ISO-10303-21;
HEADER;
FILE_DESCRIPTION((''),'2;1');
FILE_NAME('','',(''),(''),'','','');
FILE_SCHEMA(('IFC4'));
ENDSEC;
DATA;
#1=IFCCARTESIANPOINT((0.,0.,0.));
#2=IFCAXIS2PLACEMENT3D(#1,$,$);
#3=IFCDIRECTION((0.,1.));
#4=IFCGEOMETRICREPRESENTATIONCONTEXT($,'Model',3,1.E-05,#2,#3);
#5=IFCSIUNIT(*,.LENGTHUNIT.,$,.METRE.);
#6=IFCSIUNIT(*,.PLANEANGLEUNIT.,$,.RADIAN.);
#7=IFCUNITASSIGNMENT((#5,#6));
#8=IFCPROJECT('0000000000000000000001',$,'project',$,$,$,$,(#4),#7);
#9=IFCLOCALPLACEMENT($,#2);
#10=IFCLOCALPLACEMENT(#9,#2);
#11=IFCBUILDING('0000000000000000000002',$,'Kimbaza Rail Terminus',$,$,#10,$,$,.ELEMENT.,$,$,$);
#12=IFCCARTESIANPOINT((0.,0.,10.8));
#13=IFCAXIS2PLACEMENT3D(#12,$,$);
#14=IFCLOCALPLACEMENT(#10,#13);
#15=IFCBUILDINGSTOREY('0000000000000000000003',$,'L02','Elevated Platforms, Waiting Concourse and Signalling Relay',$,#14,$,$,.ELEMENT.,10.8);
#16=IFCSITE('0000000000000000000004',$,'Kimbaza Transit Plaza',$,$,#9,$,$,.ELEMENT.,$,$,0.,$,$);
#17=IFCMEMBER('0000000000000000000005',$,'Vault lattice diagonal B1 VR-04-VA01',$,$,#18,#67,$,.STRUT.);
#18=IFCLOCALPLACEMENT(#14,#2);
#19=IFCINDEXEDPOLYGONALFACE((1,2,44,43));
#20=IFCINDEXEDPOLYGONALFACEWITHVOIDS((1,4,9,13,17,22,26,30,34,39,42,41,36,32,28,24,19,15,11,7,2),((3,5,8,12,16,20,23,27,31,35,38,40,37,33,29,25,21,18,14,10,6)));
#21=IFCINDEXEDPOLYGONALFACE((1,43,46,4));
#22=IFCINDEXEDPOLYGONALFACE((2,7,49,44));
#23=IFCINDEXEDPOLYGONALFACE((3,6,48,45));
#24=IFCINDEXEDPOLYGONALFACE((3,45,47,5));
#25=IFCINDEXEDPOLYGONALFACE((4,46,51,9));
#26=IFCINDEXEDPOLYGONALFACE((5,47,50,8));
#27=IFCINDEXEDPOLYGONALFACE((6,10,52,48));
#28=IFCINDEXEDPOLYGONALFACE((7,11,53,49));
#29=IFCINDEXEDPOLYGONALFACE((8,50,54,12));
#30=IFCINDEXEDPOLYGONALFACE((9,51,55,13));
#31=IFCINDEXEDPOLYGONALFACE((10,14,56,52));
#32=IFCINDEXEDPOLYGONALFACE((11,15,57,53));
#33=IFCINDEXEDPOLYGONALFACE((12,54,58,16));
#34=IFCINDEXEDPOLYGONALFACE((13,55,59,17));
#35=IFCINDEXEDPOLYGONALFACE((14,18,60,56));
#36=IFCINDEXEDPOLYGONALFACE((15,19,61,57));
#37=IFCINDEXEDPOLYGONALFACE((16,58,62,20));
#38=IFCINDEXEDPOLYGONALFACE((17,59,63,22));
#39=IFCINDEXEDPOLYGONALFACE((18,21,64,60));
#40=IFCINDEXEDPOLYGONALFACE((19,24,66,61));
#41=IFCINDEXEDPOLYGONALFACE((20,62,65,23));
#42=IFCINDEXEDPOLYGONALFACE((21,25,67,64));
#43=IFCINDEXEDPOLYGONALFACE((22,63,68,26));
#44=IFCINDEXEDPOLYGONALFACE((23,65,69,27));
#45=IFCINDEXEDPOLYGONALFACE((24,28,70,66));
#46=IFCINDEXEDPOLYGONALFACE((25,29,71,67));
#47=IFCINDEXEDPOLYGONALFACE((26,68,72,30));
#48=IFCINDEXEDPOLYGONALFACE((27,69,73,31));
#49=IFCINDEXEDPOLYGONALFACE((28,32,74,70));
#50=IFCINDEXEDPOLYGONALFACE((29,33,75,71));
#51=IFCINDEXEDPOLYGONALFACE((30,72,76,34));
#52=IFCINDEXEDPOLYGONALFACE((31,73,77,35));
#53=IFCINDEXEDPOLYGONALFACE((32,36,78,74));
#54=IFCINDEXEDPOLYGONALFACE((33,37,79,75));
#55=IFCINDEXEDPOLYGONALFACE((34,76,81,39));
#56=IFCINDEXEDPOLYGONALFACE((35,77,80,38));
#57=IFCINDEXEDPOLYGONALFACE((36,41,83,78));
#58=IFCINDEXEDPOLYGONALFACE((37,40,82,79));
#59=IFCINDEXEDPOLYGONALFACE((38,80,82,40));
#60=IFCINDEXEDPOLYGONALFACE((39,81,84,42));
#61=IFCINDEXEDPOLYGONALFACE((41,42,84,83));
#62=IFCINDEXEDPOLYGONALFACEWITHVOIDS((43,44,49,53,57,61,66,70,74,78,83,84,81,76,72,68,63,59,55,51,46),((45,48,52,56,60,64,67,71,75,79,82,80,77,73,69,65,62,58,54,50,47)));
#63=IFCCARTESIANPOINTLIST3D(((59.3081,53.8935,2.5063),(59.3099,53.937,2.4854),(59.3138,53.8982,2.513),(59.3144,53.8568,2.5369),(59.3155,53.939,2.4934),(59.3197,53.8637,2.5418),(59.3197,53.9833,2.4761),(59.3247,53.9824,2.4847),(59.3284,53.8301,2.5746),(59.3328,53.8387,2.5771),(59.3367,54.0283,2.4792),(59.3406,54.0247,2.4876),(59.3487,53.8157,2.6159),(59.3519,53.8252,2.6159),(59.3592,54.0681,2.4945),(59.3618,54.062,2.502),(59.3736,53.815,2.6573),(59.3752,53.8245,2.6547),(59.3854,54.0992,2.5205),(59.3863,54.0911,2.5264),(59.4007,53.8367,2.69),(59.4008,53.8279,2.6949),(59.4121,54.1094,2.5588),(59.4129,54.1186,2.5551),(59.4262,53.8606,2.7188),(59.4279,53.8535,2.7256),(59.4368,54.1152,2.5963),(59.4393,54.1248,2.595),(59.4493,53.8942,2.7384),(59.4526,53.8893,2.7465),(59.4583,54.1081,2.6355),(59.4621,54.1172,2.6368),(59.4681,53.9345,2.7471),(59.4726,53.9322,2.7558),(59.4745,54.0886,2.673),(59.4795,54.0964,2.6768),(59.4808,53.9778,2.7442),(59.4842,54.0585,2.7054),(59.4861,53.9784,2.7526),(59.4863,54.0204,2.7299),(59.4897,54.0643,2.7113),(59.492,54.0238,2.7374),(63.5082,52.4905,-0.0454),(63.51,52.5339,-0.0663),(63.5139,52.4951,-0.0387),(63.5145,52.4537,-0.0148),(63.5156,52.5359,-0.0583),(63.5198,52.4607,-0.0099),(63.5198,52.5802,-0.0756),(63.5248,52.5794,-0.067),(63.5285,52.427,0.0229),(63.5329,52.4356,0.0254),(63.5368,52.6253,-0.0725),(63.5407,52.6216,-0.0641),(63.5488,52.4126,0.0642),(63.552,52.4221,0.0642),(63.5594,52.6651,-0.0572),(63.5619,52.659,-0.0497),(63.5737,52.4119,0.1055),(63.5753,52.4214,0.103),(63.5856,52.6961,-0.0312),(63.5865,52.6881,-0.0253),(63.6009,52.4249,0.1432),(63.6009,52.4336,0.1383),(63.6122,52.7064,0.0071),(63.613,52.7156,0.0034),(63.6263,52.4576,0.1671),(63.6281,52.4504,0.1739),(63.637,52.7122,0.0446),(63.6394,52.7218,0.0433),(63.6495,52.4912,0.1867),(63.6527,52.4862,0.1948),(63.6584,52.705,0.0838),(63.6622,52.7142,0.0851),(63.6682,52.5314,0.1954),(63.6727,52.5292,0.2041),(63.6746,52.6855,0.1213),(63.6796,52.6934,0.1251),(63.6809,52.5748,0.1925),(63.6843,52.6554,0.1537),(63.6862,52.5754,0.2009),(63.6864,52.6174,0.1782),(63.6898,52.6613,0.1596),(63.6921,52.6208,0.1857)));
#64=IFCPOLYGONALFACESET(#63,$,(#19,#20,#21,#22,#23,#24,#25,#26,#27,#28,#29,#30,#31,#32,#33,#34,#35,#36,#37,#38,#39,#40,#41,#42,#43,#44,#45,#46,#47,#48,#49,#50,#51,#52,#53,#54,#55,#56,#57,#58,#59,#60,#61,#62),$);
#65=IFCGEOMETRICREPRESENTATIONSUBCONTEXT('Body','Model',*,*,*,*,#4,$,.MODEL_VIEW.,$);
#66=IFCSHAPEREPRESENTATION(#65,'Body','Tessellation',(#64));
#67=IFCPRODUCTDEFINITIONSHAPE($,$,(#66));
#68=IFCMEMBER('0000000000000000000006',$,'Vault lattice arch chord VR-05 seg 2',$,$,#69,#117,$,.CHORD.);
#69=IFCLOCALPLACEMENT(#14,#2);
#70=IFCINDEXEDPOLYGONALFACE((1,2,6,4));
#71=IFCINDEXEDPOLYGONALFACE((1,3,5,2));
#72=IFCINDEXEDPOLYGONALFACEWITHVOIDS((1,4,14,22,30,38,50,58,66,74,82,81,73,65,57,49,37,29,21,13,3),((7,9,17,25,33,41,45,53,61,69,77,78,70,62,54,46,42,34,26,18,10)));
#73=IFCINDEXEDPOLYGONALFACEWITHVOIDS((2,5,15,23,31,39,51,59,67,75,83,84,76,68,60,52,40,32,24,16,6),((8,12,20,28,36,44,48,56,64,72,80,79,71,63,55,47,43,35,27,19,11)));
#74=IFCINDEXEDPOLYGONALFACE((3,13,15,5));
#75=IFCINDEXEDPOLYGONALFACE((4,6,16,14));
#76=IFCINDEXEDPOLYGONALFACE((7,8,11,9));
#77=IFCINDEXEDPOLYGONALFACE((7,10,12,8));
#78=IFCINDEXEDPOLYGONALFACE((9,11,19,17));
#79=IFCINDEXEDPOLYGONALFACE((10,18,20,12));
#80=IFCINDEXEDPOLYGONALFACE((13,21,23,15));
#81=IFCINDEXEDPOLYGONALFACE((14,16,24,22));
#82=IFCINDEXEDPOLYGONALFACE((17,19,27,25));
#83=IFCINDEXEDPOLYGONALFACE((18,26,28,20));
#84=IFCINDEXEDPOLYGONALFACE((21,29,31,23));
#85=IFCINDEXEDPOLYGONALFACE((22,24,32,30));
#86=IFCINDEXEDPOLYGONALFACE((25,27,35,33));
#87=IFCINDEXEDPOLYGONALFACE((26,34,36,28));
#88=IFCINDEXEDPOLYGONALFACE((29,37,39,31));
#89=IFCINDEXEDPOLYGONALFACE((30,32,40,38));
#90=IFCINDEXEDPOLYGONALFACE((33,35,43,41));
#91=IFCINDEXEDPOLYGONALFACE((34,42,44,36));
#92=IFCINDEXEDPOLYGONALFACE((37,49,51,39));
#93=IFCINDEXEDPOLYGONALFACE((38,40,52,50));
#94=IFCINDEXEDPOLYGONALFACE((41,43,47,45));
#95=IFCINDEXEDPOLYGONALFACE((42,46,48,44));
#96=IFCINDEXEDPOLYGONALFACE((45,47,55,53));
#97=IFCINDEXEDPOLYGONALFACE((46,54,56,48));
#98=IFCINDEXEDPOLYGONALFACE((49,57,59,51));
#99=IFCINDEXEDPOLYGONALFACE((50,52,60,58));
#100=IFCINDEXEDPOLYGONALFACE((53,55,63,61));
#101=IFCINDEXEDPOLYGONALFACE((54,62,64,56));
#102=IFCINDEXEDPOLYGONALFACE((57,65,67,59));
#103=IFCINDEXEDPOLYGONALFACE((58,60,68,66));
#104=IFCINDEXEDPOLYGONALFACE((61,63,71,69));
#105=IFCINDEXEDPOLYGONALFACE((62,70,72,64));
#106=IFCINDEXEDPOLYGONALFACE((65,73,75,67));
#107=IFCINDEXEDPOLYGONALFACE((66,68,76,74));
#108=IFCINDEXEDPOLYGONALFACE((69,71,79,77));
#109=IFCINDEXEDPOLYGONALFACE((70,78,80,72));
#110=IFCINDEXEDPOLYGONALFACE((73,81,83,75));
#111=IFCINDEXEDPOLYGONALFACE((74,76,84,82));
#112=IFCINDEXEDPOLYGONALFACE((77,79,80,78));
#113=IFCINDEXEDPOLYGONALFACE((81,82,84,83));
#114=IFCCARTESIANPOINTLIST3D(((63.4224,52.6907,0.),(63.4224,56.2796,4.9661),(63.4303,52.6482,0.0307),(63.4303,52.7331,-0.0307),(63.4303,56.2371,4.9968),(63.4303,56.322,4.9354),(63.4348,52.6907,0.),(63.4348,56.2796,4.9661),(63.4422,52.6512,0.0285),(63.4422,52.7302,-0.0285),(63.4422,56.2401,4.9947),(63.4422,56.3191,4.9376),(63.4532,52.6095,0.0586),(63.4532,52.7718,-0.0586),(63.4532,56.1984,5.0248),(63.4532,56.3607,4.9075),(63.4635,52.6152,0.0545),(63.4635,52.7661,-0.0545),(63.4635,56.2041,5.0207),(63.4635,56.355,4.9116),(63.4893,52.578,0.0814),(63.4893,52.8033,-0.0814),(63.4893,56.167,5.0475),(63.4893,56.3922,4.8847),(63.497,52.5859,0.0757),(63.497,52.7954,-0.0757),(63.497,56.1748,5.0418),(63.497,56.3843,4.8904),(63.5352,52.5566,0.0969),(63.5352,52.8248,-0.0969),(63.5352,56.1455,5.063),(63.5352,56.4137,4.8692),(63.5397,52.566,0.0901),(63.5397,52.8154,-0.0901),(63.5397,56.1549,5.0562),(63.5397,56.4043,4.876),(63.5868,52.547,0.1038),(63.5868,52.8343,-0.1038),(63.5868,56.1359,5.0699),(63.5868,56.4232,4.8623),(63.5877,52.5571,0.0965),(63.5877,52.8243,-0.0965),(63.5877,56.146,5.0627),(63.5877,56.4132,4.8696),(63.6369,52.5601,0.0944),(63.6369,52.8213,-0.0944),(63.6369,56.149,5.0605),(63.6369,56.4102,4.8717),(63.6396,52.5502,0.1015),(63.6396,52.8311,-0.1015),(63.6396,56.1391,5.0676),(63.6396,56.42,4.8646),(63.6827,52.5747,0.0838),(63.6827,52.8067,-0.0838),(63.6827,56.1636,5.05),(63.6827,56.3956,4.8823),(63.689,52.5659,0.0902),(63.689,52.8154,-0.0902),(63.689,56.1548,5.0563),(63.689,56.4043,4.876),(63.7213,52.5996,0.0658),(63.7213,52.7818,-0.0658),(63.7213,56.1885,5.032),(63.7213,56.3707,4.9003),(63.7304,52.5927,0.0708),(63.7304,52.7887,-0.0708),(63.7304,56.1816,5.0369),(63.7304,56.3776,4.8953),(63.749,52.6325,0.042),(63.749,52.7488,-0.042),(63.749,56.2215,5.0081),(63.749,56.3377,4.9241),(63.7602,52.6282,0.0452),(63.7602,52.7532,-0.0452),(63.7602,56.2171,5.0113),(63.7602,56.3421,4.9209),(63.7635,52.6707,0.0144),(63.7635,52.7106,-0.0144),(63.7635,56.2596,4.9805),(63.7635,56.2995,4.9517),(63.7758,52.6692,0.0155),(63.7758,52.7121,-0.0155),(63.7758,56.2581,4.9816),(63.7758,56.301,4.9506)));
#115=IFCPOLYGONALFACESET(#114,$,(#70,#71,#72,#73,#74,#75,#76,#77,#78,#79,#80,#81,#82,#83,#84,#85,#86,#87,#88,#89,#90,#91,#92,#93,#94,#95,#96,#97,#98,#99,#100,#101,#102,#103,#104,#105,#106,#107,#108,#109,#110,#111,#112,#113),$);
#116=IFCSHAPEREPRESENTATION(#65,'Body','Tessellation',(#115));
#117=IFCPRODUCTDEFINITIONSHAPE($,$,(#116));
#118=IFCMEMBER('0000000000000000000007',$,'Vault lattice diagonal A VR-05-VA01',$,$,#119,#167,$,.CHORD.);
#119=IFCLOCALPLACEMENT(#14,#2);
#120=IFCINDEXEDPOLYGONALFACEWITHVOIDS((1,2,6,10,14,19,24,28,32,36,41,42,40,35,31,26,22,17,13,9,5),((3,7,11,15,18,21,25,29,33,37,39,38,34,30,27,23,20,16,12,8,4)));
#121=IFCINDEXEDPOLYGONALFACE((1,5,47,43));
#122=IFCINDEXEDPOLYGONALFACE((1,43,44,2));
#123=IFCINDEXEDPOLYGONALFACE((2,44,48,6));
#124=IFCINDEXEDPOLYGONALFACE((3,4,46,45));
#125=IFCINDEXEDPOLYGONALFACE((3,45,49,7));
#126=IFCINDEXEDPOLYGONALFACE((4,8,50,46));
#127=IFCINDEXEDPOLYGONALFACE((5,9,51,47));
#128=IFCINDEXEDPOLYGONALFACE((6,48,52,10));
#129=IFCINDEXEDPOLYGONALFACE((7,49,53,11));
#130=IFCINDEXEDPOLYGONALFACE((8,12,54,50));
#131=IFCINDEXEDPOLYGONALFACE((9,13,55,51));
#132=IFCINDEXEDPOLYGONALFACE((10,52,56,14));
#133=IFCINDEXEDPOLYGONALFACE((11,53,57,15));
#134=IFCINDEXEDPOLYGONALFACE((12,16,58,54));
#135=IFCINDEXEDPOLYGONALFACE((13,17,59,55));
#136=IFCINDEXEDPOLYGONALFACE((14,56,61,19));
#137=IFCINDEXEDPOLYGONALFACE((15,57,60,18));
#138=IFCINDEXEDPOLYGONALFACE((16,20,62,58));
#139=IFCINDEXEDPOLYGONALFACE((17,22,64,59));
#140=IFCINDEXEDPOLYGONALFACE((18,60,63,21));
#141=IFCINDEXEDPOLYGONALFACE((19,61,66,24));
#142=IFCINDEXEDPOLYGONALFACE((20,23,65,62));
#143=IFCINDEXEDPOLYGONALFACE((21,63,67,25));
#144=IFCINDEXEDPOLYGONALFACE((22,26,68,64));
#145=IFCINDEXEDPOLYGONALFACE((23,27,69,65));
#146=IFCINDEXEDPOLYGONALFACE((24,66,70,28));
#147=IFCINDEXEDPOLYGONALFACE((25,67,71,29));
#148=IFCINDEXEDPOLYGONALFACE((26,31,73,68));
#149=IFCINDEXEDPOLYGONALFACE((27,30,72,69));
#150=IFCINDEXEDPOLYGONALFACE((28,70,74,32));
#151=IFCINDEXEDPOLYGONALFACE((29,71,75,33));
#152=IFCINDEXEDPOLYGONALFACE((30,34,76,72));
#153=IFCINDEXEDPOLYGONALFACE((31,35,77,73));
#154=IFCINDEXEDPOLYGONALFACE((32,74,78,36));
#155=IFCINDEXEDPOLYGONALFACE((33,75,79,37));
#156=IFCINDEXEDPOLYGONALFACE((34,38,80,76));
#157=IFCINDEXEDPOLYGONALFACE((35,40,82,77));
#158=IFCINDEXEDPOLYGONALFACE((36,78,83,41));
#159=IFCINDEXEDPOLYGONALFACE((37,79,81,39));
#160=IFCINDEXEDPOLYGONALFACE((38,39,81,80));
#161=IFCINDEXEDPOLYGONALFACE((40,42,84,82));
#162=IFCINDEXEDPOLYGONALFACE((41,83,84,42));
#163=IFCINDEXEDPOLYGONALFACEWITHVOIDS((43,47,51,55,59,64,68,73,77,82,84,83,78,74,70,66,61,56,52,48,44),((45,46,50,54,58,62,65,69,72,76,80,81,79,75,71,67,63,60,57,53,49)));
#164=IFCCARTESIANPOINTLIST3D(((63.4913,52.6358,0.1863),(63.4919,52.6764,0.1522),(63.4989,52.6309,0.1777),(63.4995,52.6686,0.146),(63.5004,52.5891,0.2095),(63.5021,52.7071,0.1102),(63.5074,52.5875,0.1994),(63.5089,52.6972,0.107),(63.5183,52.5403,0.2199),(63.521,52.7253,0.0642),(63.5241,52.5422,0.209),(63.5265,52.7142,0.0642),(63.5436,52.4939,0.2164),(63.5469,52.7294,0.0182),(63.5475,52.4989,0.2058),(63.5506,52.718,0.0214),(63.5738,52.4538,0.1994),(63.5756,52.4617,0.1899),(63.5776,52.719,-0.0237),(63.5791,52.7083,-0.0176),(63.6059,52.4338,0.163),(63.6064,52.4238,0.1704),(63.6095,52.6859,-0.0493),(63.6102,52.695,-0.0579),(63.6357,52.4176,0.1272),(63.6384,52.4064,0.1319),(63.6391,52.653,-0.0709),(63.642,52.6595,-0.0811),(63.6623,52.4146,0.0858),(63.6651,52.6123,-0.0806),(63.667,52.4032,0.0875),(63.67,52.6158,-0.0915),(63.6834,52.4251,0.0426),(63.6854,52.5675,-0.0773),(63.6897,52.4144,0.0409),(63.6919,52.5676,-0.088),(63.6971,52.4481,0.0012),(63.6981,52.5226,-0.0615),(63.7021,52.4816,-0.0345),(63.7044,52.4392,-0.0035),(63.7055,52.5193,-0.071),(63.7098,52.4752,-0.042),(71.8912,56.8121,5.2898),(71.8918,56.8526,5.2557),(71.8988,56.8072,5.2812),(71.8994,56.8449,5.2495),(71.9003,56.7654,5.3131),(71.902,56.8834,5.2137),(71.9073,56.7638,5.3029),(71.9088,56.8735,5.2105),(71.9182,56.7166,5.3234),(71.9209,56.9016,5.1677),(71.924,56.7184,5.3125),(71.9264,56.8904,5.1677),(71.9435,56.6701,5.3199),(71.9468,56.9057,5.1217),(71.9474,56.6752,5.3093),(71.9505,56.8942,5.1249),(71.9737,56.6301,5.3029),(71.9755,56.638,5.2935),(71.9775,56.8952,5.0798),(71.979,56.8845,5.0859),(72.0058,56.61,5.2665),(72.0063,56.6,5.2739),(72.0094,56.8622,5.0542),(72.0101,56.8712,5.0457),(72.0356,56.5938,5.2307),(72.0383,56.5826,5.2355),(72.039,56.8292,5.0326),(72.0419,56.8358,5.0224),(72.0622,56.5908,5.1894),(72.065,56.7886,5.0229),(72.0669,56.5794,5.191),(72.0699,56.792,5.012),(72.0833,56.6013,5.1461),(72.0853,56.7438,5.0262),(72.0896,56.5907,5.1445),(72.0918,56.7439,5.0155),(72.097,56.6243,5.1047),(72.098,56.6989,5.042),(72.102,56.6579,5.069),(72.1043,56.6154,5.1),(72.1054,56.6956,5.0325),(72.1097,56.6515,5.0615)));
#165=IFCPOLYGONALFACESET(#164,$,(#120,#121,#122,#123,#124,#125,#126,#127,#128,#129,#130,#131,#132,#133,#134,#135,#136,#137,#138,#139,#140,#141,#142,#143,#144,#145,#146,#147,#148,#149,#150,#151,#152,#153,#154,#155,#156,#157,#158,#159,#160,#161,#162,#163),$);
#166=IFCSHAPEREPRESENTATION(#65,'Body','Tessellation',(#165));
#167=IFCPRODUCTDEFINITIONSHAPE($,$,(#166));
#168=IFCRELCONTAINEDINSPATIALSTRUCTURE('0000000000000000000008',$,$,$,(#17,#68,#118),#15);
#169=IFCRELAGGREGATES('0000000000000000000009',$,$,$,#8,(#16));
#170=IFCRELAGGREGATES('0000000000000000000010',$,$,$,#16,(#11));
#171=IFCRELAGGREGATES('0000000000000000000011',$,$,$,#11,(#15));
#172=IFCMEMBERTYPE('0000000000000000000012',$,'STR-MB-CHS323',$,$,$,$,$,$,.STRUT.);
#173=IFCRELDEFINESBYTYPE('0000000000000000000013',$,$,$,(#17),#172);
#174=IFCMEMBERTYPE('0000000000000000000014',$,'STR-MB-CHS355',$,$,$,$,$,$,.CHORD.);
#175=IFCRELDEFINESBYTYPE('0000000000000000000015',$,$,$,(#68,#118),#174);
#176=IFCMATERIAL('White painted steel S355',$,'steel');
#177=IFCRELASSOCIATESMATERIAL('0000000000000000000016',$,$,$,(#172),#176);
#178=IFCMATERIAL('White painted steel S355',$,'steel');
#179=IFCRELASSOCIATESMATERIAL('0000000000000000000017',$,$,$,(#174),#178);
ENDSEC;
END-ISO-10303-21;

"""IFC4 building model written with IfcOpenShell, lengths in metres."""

from ifc_helpers import new_model, si_unit, direction, frame, origin, origin_2d, place, context, subcontext, project, spatial, hollow_circle, extrude, material, material_profile, profile_set, type_object, element, save


model = new_model("IFC4")

# Units and contexts
model_context = context("Model", 3, precision=1e-05, world=origin(), true_north=direction((0.0, 1.0)))
body_context = subcontext(model_context, "Body", "Model", "MODEL_VIEW")
ifc_project = project(units=[si_unit("LENGTHUNIT", "METRE"), si_unit("PLANEANGLEUNIT", "RADIAN")], contexts=[model_context])

# Site, building, storey
site_placement = place(None, origin())
site = spatial("IfcSite", under=ifc_project, at=site_placement, Name="Kimbaza Transit Plaza", CompositionType="ELEMENT", RefElevation=0.0)
building_placement = place(site_placement, origin())
building = spatial("IfcBuilding", under=site, at=building_placement, Name="Kimbaza Rail Terminus", CompositionType="ELEMENT")
storey_placement = place(building_placement, frame((0.0, 0.0, 10.8)))
storey = spatial("IfcBuildingStorey", under=building, at=storey_placement, Name="L02", Description="Elevated Platforms, Waiting Concourse and Signalling Relay", CompositionType="ELEMENT", Elevation=10.8)

# Members
ifc_material_1 = material(Name="White painted steel S355", Category="steel")
ifc_material_profile_1 = material_profile(ifc_material_1, hollow_circle(Radius=0.1619, WallThickness=0.01, at=origin_2d()), Name="CHS 323.9x10")
ifc_profile_set_1 = profile_set([ifc_material_profile_1], Name="White painted steel S355")
member_type_1 = type_object("IfcMemberType", Name="STR-MB-CHS323", PredefinedType="STRUT", material=ifc_profile_set_1)
member_1_placement = place(storey_placement, frame((63.6001, 52.5662, 0.0642), z_axis=(-0.821804, 0.274524, 0.499273), x_axis=(-0.31684, -0.948479, 0.0)))
element("IfcMember", 1, at=member_1_placement, inside=storey, type_object=member_type_1, Name="Vault lattice diagonal B1 VR-04-VA01", PredefinedType="STRUT", context=body_context, shape_type="SweptSolid", body=[
    extrude(hollow_circle(Radius=0.1619, WallThickness=0.01, at=origin_2d()), origin(), (0.0, 0.0, 1.0), 5.1108),
])
ifc_material_2 = material(Name="White painted steel S355", Category="steel")
ifc_material_profile_2 = material_profile(ifc_material_2, hollow_circle(Radius=0.1777, WallThickness=0.0125, at=origin_2d()), Name="CHS 355.6x12.5")
ifc_profile_set_2 = profile_set([ifc_material_profile_2], Name="White painted steel S355")
member_type_2 = type_object("IfcMemberType", Name="STR-MB-CHS355", PredefinedType="CHORD", material=ifc_profile_set_2)
member_2_placement = place(storey_placement, frame((63.6001, 52.6907, 0.0), z_axis=(0.0, 0.585733, 0.810504), x_axis=(-1.0, 0.0, 0.0)))
element("IfcMember", 2, at=member_2_placement, inside=storey, type_object=member_type_2, Name="Vault lattice arch chord VR-05 seg 2", PredefinedType="CHORD", context=body_context, shape_type="SweptSolid", body=[
    extrude(hollow_circle(Radius=0.1777, WallThickness=0.0125, at=origin_2d()), origin(), (0.0, 0.0, 1.0), 6.1272),
])
member_3_placement = place(storey_placement, frame((63.6001, 52.5662, 0.0642), z_axis=(0.786566, 0.391066, 0.477893), x_axis=(-0.445193, 0.895435, 0.0)))
element("IfcMember", 3, at=member_3_placement, inside=storey, type_object=member_type_2, Name="Vault lattice diagonal A VR-05-VA01", PredefinedType="CHORD", context=body_context, shape_type="SweptSolid", body=[
    extrude(hollow_circle(Radius=0.1777, WallThickness=0.0125, at=origin_2d()), origin(), (0.0, 0.0, 1.0), 10.6792),
])

save(model, "model.ifc")
